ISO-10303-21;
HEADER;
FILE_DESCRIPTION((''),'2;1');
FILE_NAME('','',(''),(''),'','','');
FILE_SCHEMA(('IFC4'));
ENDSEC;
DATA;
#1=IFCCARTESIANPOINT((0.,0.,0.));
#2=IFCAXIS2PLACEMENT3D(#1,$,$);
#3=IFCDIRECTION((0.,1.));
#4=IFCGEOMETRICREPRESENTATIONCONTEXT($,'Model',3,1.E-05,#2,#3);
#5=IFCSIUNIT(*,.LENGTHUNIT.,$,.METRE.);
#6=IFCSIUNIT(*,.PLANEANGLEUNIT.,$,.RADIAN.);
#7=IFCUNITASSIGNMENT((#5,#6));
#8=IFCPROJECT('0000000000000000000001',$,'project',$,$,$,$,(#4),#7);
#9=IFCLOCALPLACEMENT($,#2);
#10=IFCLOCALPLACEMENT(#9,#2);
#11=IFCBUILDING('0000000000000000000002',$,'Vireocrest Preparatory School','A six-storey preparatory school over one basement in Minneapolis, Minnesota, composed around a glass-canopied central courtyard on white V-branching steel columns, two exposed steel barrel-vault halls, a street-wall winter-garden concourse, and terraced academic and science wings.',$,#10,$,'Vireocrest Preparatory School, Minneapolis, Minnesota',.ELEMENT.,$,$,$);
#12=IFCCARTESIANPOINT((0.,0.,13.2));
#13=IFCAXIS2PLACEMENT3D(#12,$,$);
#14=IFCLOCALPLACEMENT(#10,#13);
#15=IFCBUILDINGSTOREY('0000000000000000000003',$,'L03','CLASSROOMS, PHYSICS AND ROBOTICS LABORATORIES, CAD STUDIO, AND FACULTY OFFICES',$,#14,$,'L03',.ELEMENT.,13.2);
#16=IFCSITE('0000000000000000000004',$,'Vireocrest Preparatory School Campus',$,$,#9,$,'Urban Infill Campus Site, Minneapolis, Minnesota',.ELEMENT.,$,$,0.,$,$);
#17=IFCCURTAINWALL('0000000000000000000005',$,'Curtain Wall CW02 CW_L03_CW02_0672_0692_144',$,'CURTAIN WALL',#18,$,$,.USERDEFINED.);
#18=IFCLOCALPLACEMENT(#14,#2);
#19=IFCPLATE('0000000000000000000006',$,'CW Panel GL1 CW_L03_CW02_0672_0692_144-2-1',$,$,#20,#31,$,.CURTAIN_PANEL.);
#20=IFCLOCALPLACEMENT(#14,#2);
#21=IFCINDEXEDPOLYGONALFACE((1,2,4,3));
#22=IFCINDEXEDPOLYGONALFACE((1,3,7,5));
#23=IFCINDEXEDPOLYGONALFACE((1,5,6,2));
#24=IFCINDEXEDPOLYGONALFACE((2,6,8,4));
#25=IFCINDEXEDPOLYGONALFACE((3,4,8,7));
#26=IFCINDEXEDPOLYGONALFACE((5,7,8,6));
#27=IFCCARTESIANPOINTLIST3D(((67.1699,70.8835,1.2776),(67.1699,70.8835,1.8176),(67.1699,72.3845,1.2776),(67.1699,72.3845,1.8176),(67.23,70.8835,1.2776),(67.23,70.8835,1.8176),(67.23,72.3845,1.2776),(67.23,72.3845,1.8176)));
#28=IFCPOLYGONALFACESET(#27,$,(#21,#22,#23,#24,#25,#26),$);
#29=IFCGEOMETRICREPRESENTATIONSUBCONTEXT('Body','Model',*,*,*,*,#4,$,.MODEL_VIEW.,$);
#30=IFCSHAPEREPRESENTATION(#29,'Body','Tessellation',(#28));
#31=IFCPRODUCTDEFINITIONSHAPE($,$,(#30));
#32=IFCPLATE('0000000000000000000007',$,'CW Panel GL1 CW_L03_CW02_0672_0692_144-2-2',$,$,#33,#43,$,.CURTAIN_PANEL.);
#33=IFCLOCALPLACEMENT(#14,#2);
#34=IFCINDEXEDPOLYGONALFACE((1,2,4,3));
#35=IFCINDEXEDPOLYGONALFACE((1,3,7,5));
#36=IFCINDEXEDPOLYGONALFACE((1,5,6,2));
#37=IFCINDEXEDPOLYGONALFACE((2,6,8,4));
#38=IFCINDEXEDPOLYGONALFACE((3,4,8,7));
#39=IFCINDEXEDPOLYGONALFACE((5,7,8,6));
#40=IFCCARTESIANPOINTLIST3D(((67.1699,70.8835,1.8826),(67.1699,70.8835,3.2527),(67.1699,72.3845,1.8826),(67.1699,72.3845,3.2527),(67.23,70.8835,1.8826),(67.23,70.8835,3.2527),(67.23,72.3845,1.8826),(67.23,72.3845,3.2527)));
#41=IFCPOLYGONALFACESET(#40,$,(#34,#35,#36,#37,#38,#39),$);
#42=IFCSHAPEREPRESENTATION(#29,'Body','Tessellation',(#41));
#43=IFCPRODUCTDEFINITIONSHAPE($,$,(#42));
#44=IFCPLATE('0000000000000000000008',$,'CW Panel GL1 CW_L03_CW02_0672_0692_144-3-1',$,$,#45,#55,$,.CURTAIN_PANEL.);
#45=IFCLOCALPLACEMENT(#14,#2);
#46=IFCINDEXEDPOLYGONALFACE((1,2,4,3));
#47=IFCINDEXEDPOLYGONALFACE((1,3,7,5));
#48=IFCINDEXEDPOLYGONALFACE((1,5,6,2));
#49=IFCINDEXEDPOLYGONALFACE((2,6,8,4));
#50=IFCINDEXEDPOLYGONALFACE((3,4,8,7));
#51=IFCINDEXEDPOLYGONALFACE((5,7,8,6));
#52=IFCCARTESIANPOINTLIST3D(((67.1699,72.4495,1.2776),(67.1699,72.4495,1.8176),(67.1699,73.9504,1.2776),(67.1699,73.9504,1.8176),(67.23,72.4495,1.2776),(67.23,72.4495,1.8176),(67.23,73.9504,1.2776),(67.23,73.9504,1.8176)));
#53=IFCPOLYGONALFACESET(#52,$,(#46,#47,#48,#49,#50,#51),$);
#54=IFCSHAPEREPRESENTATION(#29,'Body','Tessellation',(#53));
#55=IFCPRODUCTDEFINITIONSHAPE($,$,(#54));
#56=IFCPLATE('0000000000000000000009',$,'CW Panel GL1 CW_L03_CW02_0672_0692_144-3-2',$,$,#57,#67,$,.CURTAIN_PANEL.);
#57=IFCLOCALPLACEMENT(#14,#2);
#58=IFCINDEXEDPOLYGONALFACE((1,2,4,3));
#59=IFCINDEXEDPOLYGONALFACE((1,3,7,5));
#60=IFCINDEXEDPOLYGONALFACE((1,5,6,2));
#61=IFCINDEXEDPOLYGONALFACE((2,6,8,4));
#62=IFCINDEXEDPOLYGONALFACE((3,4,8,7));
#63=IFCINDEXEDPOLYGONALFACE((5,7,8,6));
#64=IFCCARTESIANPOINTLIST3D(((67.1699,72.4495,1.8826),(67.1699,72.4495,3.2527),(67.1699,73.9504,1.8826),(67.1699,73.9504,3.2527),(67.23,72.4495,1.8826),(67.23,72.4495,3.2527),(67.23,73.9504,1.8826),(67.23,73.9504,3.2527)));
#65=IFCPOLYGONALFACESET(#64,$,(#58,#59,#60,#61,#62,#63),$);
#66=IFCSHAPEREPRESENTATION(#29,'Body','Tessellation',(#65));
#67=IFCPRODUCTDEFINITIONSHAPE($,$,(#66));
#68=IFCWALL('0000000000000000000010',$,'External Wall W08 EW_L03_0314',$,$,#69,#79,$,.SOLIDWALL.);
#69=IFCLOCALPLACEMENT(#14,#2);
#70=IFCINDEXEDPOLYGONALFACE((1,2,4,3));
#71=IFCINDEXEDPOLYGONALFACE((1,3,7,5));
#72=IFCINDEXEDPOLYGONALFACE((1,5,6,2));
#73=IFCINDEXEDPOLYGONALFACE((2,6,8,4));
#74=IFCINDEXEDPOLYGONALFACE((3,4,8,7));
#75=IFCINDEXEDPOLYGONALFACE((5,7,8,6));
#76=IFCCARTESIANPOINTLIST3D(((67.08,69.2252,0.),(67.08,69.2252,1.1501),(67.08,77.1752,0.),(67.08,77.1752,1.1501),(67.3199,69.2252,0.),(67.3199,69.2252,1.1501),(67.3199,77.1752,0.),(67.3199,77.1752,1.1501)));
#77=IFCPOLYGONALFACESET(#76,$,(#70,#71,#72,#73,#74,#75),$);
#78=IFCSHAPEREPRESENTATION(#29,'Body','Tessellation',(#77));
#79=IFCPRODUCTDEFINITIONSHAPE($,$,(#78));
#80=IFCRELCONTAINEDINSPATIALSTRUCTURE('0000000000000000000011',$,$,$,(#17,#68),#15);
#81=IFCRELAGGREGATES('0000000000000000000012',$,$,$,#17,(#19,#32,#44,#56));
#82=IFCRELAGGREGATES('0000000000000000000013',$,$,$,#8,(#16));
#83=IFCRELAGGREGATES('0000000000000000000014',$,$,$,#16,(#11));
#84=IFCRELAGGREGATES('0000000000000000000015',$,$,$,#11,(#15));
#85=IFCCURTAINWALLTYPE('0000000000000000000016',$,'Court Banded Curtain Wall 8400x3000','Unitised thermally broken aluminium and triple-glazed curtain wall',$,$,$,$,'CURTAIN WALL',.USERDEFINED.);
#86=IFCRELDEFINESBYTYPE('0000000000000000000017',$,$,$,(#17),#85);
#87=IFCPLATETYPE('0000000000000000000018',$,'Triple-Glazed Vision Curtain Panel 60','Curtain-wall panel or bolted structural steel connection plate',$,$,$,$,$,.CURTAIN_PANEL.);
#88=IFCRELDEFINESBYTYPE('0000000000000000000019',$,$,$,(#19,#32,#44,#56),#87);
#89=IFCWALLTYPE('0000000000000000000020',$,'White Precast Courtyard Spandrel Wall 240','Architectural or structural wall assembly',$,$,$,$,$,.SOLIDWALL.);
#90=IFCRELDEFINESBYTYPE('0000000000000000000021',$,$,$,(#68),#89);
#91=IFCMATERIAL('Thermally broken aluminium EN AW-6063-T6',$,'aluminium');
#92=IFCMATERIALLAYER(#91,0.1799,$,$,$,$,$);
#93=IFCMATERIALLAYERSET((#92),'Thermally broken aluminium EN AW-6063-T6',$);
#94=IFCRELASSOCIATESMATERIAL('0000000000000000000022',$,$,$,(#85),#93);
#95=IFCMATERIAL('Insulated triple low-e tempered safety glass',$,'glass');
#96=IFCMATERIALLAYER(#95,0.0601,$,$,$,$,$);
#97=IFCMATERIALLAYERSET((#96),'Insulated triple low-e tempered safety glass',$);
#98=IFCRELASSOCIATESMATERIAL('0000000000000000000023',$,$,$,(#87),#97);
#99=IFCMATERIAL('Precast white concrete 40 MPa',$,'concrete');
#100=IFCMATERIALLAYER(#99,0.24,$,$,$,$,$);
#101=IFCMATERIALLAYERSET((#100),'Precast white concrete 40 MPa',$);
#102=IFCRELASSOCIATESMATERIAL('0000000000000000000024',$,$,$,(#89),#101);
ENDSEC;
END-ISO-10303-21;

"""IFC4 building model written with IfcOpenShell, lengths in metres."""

from ifc_helpers import new_model, si_unit, direction, frame, frame_2d, origin, origin_2d, place, context, subcontext, project, spatial, rectangle, extrude, material, layer, layer_set, type_object, element, aggregate, save


model = new_model("IFC4")

# Units and contexts
model_context = context("Model", 3, precision=1e-05, world=origin(), true_north=direction((0.0, 1.0)))
body_context = subcontext(model_context, "Body", "Model", "MODEL_VIEW")
ifc_project = project(units=[si_unit("LENGTHUNIT", "METRE"), si_unit("PLANEANGLEUNIT", "RADIAN")], contexts=[model_context])

# Site, building, storey
site_placement = place(None, origin())
site = spatial("IfcSite", under=ifc_project, at=site_placement, Name="Vireocrest Preparatory School Campus", LongName="Urban Infill Campus Site, Minneapolis, Minnesota", CompositionType="ELEMENT", RefElevation=0.0)
building_placement = place(site_placement, origin())
building = spatial("IfcBuilding", under=site, at=building_placement, Name="Vireocrest Preparatory School", Description="A six-storey preparatory school over one basement in Minneapolis, Minnesota, composed around a glass-canopied central courtyard on white V-branching steel columns, two exposed steel barrel-vault halls, a street-wall winter-garden concourse, and terraced academic and science wings.", LongName="Vireocrest Preparatory School, Minneapolis, Minnesota", CompositionType="ELEMENT")
storey_placement = place(building_placement, frame((0.0, 0.0, 13.2)))
storey = spatial("IfcBuildingStorey", under=building, at=storey_placement, Name="L03", Description="CLASSROOMS, PHYSICS AND ROBOTICS LABORATORIES, CAD STUDIO, AND FACULTY OFFICES", LongName="L03", CompositionType="ELEMENT", Elevation=13.2)

# Curtain wall
ifc_material_1 = material(Name="Thermally broken aluminium EN AW-6063-T6", Category="aluminium")
ifc_layer_1 = layer(ifc_material_1, 0.1799)
ifc_layer_set_1 = layer_set([ifc_layer_1], Name="Thermally broken aluminium EN AW-6063-T6")
curtain_wall_type = type_object("IfcCurtainWallType", Name="Court Banded Curtain Wall 8400x3000", Description="Unitised thermally broken aluminium and triple-glazed curtain wall", ElementType="CURTAIN WALL", PredefinedType="USERDEFINED", material=ifc_layer_set_1)
curtain_wall_1_placement = place(storey_placement, origin())
curtain_wall_1 = element("IfcCurtainWall", 1, at=curtain_wall_1_placement, inside=storey, type_object=curtain_wall_type, Name="Curtain Wall CW02 CW_L03_CW02_0672_0692_144", ObjectType="CURTAIN WALL", PredefinedType="USERDEFINED")

# Plates
ifc_material_2 = material(Name="Insulated triple low-e tempered safety glass", Category="glass")
ifc_layer_2 = layer(ifc_material_2, 0.0601)
ifc_layer_set_2 = layer_set([ifc_layer_2], Name="Insulated triple low-e tempered safety glass")
plate_type = type_object("IfcPlateType", Name="Triple-Glazed Vision Curtain Panel 60", Description="Curtain-wall panel or bolted structural steel connection plate", PredefinedType="CURTAIN_PANEL", material=ifc_layer_set_2)
plate_1_placement = place(storey_placement, frame((67.2, 71.634, 1.2776), z_axis=(0.0, 0.0, 1.0), x_axis=(0.0, 1.0, 0.0)))
plate_1 = element("IfcPlate", 2, at=plate_1_placement, type_object=plate_type, Name="CW Panel GL1 CW_L03_CW02_0672_0692_144-2-1", PredefinedType="CURTAIN_PANEL", context=body_context, shape_type="SweptSolid", body=[
    extrude(rectangle(XDim=1.501, YDim=0.0601, at=origin_2d()), origin(), (0.0, 0.0, 1.0), 0.54),
])
plate_2_placement = place(storey_placement, frame((67.2, 71.634, 1.8826), z_axis=(0.0, 0.0, 1.0), x_axis=(0.0, 1.0, 0.0)))
plate_2 = element("IfcPlate", 3, at=plate_2_placement, type_object=plate_type, Name="CW Panel GL1 CW_L03_CW02_0672_0692_144-2-2", PredefinedType="CURTAIN_PANEL", context=body_context, shape_type="SweptSolid", body=[
    extrude(rectangle(XDim=1.501, YDim=0.0601, at=origin_2d()), origin(), (0.0, 0.0, 1.0), 1.3701),
])
plate_3_placement = place(storey_placement, frame((67.2, 73.2, 1.2776), z_axis=(0.0, 0.0, 1.0), x_axis=(0.0, 1.0, 0.0)))
plate_3 = element("IfcPlate", 4, at=plate_3_placement, type_object=plate_type, Name="CW Panel GL1 CW_L03_CW02_0672_0692_144-3-1", PredefinedType="CURTAIN_PANEL", context=body_context, shape_type="SweptSolid", body=[
    extrude(rectangle(XDim=1.501, YDim=0.0601, at=origin_2d()), origin(), (0.0, 0.0, 1.0), 0.54),
])
plate_4_placement = place(storey_placement, frame((67.2, 73.2, 1.8826), z_axis=(0.0, 0.0, 1.0), x_axis=(0.0, 1.0, 0.0)))
plate_4 = element("IfcPlate", 5, at=plate_4_placement, type_object=plate_type, Name="CW Panel GL1 CW_L03_CW02_0672_0692_144-3-2", PredefinedType="CURTAIN_PANEL", context=body_context, shape_type="SweptSolid", body=[
    extrude(rectangle(XDim=1.501, YDim=0.0601, at=origin_2d()), origin(), (0.0, 0.0, 1.0), 1.3701),
])
aggregate(curtain_wall_1, [plate_1, plate_2, plate_3, plate_4])

# Wall
ifc_material_3 = material(Name="Precast white concrete 40 MPa", Category="concrete")
ifc_layer_3 = layer(ifc_material_3, 0.24)
ifc_layer_set_3 = layer_set([ifc_layer_3], Name="Precast white concrete 40 MPa")
wall_type = type_object("IfcWallType", Name="White Precast Courtyard Spandrel Wall 240", Description="Architectural or structural wall assembly", PredefinedType="SOLIDWALL", material=ifc_layer_set_3)
wall_placement = place(storey_placement, frame((67.2, 69.2251, 0.0), z_axis=(0.0, 0.0, 1.0), x_axis=(0.0, 1.0, 0.0)))
element("IfcWall", 6, at=wall_placement, inside=storey, type_object=wall_type, Name="External Wall W08 EW_L03_0314", PredefinedType="SOLIDWALL", context=body_context, shape_type="SweptSolid", body=[
    extrude(rectangle(XDim=7.95, YDim=0.24, at=frame_2d((3.9751, 0.0))), origin(), (0.0, 0.0, 1.0), 1.1501),
])

save(model, "model.ifc")
